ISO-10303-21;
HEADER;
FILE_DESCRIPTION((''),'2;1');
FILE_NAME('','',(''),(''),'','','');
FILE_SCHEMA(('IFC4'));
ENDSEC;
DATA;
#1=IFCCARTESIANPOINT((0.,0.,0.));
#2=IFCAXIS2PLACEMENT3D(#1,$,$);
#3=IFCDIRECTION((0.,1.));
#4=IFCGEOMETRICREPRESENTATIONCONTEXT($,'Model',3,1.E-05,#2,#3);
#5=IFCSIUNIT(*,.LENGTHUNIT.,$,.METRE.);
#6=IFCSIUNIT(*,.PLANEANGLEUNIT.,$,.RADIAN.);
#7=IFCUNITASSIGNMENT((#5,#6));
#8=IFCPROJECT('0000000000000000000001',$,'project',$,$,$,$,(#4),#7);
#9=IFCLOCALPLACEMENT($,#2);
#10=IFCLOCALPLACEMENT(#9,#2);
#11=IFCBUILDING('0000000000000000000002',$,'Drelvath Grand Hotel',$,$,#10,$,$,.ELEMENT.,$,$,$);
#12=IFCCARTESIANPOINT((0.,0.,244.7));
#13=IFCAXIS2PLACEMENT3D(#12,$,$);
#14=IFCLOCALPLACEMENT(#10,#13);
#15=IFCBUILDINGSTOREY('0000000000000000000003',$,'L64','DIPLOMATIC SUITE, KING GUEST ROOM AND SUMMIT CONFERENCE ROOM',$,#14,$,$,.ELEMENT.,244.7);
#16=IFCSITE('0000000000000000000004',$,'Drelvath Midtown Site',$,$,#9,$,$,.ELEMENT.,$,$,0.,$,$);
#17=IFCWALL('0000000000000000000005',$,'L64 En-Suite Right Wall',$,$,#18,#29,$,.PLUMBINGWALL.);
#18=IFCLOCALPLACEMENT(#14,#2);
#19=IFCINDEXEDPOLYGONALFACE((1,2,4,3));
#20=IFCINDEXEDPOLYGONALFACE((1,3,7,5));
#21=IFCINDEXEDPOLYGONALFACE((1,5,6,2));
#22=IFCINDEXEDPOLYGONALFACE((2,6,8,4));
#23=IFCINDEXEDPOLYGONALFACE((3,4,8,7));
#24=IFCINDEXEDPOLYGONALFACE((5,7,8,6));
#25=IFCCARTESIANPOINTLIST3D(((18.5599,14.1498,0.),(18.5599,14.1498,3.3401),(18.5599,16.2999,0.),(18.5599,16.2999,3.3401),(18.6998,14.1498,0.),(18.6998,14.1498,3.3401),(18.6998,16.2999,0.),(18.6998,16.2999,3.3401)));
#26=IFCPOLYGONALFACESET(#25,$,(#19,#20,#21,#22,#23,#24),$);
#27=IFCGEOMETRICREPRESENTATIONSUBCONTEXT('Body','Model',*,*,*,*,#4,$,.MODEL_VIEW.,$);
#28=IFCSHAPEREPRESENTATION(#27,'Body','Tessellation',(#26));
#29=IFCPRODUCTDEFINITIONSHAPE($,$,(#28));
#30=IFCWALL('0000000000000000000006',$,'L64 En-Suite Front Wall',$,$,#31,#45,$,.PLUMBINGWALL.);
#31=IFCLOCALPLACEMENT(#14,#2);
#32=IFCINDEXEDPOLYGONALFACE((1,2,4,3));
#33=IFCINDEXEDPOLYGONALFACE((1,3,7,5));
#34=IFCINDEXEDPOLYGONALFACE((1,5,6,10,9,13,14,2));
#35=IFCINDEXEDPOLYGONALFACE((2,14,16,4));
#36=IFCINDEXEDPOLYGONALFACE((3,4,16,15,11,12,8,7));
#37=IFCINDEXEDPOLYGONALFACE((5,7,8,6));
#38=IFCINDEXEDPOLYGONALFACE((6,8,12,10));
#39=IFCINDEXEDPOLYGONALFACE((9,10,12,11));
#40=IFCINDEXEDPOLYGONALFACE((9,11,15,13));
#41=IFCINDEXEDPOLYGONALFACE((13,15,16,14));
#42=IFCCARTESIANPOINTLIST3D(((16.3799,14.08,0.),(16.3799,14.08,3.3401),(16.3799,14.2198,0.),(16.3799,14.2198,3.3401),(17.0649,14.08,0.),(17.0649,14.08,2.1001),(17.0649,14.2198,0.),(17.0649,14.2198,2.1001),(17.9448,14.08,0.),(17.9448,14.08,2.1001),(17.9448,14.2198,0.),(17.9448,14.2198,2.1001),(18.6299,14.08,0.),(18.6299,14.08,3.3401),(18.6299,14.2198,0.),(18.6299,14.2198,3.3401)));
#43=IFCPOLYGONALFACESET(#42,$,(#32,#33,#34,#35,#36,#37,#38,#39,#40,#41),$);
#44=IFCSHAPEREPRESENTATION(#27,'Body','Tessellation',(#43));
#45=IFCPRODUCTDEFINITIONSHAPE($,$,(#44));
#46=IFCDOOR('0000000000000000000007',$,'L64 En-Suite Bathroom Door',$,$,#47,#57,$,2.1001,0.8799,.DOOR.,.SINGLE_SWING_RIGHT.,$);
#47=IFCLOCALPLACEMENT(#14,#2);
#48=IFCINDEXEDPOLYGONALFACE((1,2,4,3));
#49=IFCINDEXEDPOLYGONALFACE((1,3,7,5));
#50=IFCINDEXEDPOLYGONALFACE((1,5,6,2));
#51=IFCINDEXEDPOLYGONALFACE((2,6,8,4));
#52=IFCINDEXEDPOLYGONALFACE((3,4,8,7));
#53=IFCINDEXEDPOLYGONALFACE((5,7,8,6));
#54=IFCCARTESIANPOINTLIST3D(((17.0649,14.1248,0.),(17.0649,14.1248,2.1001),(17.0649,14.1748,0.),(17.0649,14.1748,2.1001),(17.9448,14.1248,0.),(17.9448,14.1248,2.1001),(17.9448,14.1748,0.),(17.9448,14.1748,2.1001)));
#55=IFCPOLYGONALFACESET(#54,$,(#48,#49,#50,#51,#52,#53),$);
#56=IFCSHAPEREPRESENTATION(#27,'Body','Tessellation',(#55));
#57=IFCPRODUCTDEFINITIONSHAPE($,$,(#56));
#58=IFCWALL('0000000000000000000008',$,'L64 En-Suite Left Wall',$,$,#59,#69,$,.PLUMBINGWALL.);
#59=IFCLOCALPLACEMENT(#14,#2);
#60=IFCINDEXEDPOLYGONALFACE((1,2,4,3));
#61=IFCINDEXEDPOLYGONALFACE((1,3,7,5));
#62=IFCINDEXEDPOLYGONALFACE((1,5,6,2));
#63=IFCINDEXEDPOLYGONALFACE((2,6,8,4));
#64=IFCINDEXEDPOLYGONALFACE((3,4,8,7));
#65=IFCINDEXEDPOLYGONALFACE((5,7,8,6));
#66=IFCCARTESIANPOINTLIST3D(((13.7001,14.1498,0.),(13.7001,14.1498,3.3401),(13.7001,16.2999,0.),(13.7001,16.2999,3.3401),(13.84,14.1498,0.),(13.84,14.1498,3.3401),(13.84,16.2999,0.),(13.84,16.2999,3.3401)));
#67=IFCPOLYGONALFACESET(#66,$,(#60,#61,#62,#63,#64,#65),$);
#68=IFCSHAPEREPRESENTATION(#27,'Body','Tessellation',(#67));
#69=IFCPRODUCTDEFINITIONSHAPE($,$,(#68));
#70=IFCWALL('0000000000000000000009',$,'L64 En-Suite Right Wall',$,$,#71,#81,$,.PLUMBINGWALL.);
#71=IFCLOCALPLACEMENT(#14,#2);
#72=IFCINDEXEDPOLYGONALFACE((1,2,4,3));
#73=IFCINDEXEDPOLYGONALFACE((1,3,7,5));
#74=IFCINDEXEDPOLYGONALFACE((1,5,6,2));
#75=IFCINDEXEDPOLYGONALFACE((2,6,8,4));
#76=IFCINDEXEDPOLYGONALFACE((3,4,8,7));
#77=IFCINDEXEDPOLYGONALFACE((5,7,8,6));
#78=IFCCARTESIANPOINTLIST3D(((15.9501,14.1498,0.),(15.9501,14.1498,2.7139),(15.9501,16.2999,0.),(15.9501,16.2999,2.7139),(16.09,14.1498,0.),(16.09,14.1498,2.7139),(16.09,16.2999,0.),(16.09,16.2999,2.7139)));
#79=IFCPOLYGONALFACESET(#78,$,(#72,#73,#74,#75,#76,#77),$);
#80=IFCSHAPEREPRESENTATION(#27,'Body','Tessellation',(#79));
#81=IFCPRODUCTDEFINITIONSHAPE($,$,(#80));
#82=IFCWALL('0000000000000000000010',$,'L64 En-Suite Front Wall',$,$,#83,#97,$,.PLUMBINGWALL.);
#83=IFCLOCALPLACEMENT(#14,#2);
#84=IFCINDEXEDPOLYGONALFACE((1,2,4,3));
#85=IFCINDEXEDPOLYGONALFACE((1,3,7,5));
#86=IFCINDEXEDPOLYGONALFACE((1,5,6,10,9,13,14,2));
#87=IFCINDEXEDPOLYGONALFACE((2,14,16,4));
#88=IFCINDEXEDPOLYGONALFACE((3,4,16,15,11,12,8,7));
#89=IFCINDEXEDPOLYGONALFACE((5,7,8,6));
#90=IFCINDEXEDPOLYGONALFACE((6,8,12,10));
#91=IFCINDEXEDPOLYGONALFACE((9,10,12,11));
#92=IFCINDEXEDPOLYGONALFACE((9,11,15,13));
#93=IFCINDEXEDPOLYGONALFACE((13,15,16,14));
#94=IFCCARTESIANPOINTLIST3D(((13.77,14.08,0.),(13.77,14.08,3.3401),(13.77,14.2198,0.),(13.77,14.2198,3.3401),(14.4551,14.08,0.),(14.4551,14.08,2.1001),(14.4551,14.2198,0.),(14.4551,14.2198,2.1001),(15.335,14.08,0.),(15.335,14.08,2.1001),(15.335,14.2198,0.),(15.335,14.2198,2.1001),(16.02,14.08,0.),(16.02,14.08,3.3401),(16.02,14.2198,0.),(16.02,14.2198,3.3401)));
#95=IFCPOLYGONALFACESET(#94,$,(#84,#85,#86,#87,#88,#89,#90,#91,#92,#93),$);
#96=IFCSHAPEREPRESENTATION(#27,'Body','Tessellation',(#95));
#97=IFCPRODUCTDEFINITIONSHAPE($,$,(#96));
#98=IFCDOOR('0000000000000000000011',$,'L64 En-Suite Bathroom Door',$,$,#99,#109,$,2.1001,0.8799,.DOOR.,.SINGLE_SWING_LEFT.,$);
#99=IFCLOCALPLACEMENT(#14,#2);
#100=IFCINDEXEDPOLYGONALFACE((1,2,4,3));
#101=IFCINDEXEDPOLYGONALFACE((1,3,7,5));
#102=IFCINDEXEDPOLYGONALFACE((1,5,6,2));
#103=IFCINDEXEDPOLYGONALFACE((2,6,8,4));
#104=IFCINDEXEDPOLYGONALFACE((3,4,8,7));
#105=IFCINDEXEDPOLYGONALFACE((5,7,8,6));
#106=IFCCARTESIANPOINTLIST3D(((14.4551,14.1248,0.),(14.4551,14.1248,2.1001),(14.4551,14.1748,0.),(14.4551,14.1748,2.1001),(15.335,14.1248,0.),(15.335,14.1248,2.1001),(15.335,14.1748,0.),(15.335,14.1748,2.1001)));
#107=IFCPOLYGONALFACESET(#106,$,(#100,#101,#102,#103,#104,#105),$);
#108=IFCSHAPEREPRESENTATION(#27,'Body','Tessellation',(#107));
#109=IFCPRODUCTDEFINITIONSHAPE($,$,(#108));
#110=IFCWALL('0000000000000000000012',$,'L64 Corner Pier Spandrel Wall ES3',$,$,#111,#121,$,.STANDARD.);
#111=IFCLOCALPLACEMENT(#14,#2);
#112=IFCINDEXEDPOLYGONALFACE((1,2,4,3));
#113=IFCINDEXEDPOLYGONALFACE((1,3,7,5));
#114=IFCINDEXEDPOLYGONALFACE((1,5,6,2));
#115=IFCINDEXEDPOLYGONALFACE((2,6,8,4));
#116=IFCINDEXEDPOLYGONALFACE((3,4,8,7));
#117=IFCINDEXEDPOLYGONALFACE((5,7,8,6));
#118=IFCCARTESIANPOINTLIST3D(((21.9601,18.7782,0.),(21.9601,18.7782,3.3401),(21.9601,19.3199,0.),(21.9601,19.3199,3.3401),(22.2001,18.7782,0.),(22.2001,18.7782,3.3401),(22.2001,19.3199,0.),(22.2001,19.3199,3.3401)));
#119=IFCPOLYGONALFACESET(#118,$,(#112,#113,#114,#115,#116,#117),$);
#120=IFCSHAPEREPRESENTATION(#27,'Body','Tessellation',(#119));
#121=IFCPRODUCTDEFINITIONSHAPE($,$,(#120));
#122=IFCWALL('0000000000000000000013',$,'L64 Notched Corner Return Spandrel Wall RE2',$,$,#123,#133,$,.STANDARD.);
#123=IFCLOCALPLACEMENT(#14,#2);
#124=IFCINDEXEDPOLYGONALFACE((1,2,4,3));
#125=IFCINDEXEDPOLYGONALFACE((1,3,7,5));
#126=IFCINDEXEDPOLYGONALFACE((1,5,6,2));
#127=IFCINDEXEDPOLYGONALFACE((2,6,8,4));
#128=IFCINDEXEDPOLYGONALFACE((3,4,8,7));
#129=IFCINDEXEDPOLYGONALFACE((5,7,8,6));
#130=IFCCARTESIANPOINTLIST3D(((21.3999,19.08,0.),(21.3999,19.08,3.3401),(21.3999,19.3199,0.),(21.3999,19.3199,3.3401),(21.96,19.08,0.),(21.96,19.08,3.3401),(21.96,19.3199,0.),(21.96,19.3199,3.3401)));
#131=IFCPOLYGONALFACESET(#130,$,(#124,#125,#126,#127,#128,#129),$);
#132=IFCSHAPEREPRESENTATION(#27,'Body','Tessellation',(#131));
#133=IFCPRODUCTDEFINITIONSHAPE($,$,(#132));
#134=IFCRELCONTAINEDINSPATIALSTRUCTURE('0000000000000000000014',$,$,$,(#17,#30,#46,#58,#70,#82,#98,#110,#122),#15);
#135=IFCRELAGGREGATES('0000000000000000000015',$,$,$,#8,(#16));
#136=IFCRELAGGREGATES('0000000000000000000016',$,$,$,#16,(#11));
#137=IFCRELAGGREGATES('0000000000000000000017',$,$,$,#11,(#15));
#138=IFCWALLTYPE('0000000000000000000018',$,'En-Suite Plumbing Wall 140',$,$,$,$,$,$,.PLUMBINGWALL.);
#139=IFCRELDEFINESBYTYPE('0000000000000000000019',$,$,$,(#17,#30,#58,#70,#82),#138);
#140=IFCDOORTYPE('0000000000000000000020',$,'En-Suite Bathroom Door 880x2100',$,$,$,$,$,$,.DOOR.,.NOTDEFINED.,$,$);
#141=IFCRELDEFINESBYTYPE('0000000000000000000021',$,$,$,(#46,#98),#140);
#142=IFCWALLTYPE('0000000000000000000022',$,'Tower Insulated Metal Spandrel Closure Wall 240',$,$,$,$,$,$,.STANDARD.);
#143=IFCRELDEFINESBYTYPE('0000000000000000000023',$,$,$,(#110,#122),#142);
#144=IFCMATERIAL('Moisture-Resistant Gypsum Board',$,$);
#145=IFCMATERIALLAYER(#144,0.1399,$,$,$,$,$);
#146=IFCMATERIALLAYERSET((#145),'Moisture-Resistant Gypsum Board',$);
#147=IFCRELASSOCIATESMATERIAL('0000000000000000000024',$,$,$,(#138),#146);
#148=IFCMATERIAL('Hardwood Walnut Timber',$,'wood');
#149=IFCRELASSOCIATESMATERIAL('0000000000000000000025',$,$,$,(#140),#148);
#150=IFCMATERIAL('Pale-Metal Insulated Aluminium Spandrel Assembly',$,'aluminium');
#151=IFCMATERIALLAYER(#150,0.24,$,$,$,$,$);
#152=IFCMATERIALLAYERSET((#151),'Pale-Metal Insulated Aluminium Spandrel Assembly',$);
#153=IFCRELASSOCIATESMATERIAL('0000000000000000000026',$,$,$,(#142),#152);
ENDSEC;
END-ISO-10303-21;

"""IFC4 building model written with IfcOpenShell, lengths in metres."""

from ifc_helpers import new_model, si_unit, direction, frame, frame_2d, origin, place, context, subcontext, project, spatial, rectangle, extrude, material, layer, layer_set, type_object, element, fill, save


model = new_model("IFC4")

# Units and contexts
model_context = context("Model", 3, precision=1e-05, world=origin(), true_north=direction((0.0, 1.0)))
body_context = subcontext(model_context, "Body", "Model", "MODEL_VIEW")
ifc_project = project(units=[si_unit("LENGTHUNIT", "METRE"), si_unit("PLANEANGLEUNIT", "RADIAN")], contexts=[model_context])

# Site, building, storey
site_placement = place(None, origin())
site = spatial("IfcSite", under=ifc_project, at=site_placement, Name="Drelvath Midtown Site", CompositionType="ELEMENT", RefElevation=0.0)
building_placement = place(site_placement, origin())
building = spatial("IfcBuilding", under=site, at=building_placement, Name="Drelvath Grand Hotel", CompositionType="ELEMENT")
storey_placement = place(building_placement, frame((0.0, 0.0, 244.7)))
storey = spatial("IfcBuildingStorey", under=building, at=storey_placement, Name="L64", Description="DIPLOMATIC SUITE, KING GUEST ROOM AND SUMMIT CONFERENCE ROOM", CompositionType="ELEMENT", Elevation=244.7)

# Wall
ifc_material_1 = material(Name="Moisture-Resistant Gypsum Board")
ifc_layer_1 = layer(ifc_material_1, 0.1399)
ifc_layer_set_1 = layer_set([ifc_layer_1], Name="Moisture-Resistant Gypsum Board")
wall_type_1 = type_object("IfcWallType", Name="En-Suite Plumbing Wall 140", PredefinedType="PLUMBINGWALL", material=ifc_layer_set_1)
wall_1_placement = place(storey_placement, frame((18.6299, 16.3, 0.0), z_axis=(0.0, 0.0, 1.0), x_axis=(0.0, -1.0, 0.0)))
element("IfcWall", 1, at=wall_1_placement, inside=storey, type_object=wall_type_1, Name="L64 En-Suite Right Wall", PredefinedType="PLUMBINGWALL", context=body_context, shape_type="SweptSolid", body=[
    extrude(rectangle(XDim=2.1501, YDim=0.1399, at=frame_2d((1.0752, 0.0))), origin(), (0.0, 0.0, 1.0), 3.3401),
])

# Wall, opening, door
wall_2_placement = place(storey_placement, frame((16.3799, 14.1499, 0.0), z_axis=(0.0, 0.0, 1.0), x_axis=(1.0, 0.0, 0.0)))
wall_2 = element("IfcWall", 2, at=wall_2_placement, inside=storey, type_object=wall_type_1, Name="L64 En-Suite Front Wall", PredefinedType="PLUMBINGWALL", context=body_context, shape_type="SweptSolid", body=[
    extrude(rectangle(XDim=2.25, YDim=0.1399, at=frame_2d((1.125, 0.0))), origin(), (0.0, 0.0, 1.0), 3.3401),
])
opening_1_placement = place(wall_2_placement, frame((0.6851, 0.0, 0.0)))
opening_1 = element("IfcOpeningElement", 3, at=opening_1_placement, cuts=wall_2, PredefinedType="OPENING", context=body_context, shape_type="SweptSolid", body=[
    extrude(rectangle(XDim=0.8799, YDim=2.1001, at=frame_2d((0.4399, 1.05))), frame((0.0, 0.0798, 0.0), z_axis=(0.0, -1.0, 0.0), x_axis=(1.0, 0.0, 0.0)), (0.0, 0.0, 1.0), 0.1599),
])
ifc_material_2 = material(Name="Hardwood Walnut Timber", Category="wood")
door_type = type_object("IfcDoorType", Name="En-Suite Bathroom Door 880x2100", OperationType="NOTDEFINED", PredefinedType="DOOR", material=ifc_material_2)
door_1_placement = place(opening_1_placement, origin())
door_1 = element("IfcDoor", 4, at=door_1_placement, inside=storey, type_object=door_type, Name="L64 En-Suite Bathroom Door", OperationType="SINGLE_SWING_RIGHT", OverallHeight=2.1001, OverallWidth=0.8799, PredefinedType="DOOR", context=body_context, shape_type="SweptSolid", body=[
    extrude(rectangle(XDim=0.8799, YDim=2.1001, at=frame_2d((0.4399, 1.05))), frame((0.0, 0.0249, 0.0), z_axis=(0.0, -1.0, 0.0), x_axis=(1.0, 0.0, 0.0)), (0.0, 0.0, 1.0), 0.05),
])
fill(opening_1, door_1)

# Walls
wall_3_placement = place(storey_placement, frame((13.77, 16.3, 0.0), z_axis=(0.0, 0.0, 1.0), x_axis=(0.0, -1.0, 0.0)))
element("IfcWall", 5, at=wall_3_placement, inside=storey, type_object=wall_type_1, Name="L64 En-Suite Left Wall", PredefinedType="PLUMBINGWALL", context=body_context, shape_type="SweptSolid", body=[
    extrude(rectangle(XDim=2.1501, YDim=0.1399, at=frame_2d((1.0752, 0.0))), origin(), (0.0, 0.0, 1.0), 3.3401),
])
wall_4_placement = place(storey_placement, frame((16.02, 16.3, 0.0), z_axis=(0.0, 0.0, 1.0), x_axis=(0.0, -1.0, 0.0)))
element("IfcWall", 6, at=wall_4_placement, inside=storey, type_object=wall_type_1, Name="L64 En-Suite Right Wall", PredefinedType="PLUMBINGWALL", context=body_context, shape_type="SweptSolid", body=[
    extrude(rectangle(XDim=2.1501, YDim=0.1399, at=frame_2d((1.0752, 0.0))), origin(), (0.0, 0.0, 1.0), 2.7139),
])

# Wall, opening, door
wall_5_placement = place(storey_placement, frame((13.77, 14.1499, 0.0), z_axis=(0.0, 0.0, 1.0), x_axis=(1.0, 0.0, 0.0)))
wall_5 = element("IfcWall", 7, at=wall_5_placement, inside=storey, type_object=wall_type_1, Name="L64 En-Suite Front Wall", PredefinedType="PLUMBINGWALL", context=body_context, shape_type="SweptSolid", body=[
    extrude(rectangle(XDim=2.25, YDim=0.1399, at=frame_2d((1.125, 0.0))), origin(), (0.0, 0.0, 1.0), 3.3401),
])
opening_2_placement = place(wall_5_placement, frame((0.6851, 0.0, 0.0)))
opening_2 = element("IfcOpeningElement", 8, at=opening_2_placement, cuts=wall_5, PredefinedType="OPENING", context=body_context, shape_type="SweptSolid", body=[
    extrude(rectangle(XDim=0.8799, YDim=2.1001, at=frame_2d((0.4399, 1.05))), frame((0.0, 0.0798, 0.0), z_axis=(0.0, -1.0, 0.0), x_axis=(1.0, 0.0, 0.0)), (0.0, 0.0, 1.0), 0.1599),
])
door_2_placement = place(opening_2_placement, origin())
door_2 = element("IfcDoor", 9, at=door_2_placement, inside=storey, type_object=door_type, Name="L64 En-Suite Bathroom Door", OperationType="SINGLE_SWING_LEFT", OverallHeight=2.1001, OverallWidth=0.8799, PredefinedType="DOOR", context=body_context, shape_type="SweptSolid", body=[
    extrude(rectangle(XDim=0.8799, YDim=2.1001, at=frame_2d((0.4399, 1.05))), frame((0.0, 0.0249, 0.0), z_axis=(0.0, -1.0, 0.0), x_axis=(1.0, 0.0, 0.0)), (0.0, 0.0, 1.0), 0.05),
])
fill(opening_2, door_2)

# Walls
ifc_material_3 = material(Name="Pale-Metal Insulated Aluminium Spandrel Assembly", Category="aluminium")
ifc_layer_2 = layer(ifc_material_3, 0.24)
ifc_layer_set_2 = layer_set([ifc_layer_2], Name="Pale-Metal Insulated Aluminium Spandrel Assembly")
wall_type_2 = type_object("IfcWallType", Name="Tower Insulated Metal Spandrel Closure Wall 240", PredefinedType="STANDARD", material=ifc_layer_set_2)
wall_6_placement = place(storey_placement, frame((22.0801, 19.3201, 0.0), z_axis=(0.0, 0.0, 1.0), x_axis=(0.0, -1.0, 0.0)))
element("IfcWall", 10, at=wall_6_placement, inside=storey, type_object=wall_type_2, Name="L64 Corner Pier Spandrel Wall ES3", PredefinedType="STANDARD", context=body_context, shape_type="SweptSolid", body=[
    extrude(rectangle(XDim=0.5417, YDim=0.24, at=frame_2d((0.271, 0.0))), origin(), (0.0, 0.0, 1.0), 3.3401),
])
wall_7_placement = place(storey_placement, frame((21.3999, 19.2, 0.0), z_axis=(0.0, 0.0, 1.0), x_axis=(1.0, 0.0, 0.0)))
element("IfcWall", 11, at=wall_7_placement, inside=storey, type_object=wall_type_2, Name="L64 Notched Corner Return Spandrel Wall RE2", PredefinedType="STANDARD", context=body_context, shape_type="SweptSolid", body=[
    extrude(rectangle(XDim=0.5601, YDim=0.24, at=frame_2d((0.28, 0.0))), origin(), (0.0, 0.0, 1.0), 3.3401),
])

save(model, "model.ifc")
